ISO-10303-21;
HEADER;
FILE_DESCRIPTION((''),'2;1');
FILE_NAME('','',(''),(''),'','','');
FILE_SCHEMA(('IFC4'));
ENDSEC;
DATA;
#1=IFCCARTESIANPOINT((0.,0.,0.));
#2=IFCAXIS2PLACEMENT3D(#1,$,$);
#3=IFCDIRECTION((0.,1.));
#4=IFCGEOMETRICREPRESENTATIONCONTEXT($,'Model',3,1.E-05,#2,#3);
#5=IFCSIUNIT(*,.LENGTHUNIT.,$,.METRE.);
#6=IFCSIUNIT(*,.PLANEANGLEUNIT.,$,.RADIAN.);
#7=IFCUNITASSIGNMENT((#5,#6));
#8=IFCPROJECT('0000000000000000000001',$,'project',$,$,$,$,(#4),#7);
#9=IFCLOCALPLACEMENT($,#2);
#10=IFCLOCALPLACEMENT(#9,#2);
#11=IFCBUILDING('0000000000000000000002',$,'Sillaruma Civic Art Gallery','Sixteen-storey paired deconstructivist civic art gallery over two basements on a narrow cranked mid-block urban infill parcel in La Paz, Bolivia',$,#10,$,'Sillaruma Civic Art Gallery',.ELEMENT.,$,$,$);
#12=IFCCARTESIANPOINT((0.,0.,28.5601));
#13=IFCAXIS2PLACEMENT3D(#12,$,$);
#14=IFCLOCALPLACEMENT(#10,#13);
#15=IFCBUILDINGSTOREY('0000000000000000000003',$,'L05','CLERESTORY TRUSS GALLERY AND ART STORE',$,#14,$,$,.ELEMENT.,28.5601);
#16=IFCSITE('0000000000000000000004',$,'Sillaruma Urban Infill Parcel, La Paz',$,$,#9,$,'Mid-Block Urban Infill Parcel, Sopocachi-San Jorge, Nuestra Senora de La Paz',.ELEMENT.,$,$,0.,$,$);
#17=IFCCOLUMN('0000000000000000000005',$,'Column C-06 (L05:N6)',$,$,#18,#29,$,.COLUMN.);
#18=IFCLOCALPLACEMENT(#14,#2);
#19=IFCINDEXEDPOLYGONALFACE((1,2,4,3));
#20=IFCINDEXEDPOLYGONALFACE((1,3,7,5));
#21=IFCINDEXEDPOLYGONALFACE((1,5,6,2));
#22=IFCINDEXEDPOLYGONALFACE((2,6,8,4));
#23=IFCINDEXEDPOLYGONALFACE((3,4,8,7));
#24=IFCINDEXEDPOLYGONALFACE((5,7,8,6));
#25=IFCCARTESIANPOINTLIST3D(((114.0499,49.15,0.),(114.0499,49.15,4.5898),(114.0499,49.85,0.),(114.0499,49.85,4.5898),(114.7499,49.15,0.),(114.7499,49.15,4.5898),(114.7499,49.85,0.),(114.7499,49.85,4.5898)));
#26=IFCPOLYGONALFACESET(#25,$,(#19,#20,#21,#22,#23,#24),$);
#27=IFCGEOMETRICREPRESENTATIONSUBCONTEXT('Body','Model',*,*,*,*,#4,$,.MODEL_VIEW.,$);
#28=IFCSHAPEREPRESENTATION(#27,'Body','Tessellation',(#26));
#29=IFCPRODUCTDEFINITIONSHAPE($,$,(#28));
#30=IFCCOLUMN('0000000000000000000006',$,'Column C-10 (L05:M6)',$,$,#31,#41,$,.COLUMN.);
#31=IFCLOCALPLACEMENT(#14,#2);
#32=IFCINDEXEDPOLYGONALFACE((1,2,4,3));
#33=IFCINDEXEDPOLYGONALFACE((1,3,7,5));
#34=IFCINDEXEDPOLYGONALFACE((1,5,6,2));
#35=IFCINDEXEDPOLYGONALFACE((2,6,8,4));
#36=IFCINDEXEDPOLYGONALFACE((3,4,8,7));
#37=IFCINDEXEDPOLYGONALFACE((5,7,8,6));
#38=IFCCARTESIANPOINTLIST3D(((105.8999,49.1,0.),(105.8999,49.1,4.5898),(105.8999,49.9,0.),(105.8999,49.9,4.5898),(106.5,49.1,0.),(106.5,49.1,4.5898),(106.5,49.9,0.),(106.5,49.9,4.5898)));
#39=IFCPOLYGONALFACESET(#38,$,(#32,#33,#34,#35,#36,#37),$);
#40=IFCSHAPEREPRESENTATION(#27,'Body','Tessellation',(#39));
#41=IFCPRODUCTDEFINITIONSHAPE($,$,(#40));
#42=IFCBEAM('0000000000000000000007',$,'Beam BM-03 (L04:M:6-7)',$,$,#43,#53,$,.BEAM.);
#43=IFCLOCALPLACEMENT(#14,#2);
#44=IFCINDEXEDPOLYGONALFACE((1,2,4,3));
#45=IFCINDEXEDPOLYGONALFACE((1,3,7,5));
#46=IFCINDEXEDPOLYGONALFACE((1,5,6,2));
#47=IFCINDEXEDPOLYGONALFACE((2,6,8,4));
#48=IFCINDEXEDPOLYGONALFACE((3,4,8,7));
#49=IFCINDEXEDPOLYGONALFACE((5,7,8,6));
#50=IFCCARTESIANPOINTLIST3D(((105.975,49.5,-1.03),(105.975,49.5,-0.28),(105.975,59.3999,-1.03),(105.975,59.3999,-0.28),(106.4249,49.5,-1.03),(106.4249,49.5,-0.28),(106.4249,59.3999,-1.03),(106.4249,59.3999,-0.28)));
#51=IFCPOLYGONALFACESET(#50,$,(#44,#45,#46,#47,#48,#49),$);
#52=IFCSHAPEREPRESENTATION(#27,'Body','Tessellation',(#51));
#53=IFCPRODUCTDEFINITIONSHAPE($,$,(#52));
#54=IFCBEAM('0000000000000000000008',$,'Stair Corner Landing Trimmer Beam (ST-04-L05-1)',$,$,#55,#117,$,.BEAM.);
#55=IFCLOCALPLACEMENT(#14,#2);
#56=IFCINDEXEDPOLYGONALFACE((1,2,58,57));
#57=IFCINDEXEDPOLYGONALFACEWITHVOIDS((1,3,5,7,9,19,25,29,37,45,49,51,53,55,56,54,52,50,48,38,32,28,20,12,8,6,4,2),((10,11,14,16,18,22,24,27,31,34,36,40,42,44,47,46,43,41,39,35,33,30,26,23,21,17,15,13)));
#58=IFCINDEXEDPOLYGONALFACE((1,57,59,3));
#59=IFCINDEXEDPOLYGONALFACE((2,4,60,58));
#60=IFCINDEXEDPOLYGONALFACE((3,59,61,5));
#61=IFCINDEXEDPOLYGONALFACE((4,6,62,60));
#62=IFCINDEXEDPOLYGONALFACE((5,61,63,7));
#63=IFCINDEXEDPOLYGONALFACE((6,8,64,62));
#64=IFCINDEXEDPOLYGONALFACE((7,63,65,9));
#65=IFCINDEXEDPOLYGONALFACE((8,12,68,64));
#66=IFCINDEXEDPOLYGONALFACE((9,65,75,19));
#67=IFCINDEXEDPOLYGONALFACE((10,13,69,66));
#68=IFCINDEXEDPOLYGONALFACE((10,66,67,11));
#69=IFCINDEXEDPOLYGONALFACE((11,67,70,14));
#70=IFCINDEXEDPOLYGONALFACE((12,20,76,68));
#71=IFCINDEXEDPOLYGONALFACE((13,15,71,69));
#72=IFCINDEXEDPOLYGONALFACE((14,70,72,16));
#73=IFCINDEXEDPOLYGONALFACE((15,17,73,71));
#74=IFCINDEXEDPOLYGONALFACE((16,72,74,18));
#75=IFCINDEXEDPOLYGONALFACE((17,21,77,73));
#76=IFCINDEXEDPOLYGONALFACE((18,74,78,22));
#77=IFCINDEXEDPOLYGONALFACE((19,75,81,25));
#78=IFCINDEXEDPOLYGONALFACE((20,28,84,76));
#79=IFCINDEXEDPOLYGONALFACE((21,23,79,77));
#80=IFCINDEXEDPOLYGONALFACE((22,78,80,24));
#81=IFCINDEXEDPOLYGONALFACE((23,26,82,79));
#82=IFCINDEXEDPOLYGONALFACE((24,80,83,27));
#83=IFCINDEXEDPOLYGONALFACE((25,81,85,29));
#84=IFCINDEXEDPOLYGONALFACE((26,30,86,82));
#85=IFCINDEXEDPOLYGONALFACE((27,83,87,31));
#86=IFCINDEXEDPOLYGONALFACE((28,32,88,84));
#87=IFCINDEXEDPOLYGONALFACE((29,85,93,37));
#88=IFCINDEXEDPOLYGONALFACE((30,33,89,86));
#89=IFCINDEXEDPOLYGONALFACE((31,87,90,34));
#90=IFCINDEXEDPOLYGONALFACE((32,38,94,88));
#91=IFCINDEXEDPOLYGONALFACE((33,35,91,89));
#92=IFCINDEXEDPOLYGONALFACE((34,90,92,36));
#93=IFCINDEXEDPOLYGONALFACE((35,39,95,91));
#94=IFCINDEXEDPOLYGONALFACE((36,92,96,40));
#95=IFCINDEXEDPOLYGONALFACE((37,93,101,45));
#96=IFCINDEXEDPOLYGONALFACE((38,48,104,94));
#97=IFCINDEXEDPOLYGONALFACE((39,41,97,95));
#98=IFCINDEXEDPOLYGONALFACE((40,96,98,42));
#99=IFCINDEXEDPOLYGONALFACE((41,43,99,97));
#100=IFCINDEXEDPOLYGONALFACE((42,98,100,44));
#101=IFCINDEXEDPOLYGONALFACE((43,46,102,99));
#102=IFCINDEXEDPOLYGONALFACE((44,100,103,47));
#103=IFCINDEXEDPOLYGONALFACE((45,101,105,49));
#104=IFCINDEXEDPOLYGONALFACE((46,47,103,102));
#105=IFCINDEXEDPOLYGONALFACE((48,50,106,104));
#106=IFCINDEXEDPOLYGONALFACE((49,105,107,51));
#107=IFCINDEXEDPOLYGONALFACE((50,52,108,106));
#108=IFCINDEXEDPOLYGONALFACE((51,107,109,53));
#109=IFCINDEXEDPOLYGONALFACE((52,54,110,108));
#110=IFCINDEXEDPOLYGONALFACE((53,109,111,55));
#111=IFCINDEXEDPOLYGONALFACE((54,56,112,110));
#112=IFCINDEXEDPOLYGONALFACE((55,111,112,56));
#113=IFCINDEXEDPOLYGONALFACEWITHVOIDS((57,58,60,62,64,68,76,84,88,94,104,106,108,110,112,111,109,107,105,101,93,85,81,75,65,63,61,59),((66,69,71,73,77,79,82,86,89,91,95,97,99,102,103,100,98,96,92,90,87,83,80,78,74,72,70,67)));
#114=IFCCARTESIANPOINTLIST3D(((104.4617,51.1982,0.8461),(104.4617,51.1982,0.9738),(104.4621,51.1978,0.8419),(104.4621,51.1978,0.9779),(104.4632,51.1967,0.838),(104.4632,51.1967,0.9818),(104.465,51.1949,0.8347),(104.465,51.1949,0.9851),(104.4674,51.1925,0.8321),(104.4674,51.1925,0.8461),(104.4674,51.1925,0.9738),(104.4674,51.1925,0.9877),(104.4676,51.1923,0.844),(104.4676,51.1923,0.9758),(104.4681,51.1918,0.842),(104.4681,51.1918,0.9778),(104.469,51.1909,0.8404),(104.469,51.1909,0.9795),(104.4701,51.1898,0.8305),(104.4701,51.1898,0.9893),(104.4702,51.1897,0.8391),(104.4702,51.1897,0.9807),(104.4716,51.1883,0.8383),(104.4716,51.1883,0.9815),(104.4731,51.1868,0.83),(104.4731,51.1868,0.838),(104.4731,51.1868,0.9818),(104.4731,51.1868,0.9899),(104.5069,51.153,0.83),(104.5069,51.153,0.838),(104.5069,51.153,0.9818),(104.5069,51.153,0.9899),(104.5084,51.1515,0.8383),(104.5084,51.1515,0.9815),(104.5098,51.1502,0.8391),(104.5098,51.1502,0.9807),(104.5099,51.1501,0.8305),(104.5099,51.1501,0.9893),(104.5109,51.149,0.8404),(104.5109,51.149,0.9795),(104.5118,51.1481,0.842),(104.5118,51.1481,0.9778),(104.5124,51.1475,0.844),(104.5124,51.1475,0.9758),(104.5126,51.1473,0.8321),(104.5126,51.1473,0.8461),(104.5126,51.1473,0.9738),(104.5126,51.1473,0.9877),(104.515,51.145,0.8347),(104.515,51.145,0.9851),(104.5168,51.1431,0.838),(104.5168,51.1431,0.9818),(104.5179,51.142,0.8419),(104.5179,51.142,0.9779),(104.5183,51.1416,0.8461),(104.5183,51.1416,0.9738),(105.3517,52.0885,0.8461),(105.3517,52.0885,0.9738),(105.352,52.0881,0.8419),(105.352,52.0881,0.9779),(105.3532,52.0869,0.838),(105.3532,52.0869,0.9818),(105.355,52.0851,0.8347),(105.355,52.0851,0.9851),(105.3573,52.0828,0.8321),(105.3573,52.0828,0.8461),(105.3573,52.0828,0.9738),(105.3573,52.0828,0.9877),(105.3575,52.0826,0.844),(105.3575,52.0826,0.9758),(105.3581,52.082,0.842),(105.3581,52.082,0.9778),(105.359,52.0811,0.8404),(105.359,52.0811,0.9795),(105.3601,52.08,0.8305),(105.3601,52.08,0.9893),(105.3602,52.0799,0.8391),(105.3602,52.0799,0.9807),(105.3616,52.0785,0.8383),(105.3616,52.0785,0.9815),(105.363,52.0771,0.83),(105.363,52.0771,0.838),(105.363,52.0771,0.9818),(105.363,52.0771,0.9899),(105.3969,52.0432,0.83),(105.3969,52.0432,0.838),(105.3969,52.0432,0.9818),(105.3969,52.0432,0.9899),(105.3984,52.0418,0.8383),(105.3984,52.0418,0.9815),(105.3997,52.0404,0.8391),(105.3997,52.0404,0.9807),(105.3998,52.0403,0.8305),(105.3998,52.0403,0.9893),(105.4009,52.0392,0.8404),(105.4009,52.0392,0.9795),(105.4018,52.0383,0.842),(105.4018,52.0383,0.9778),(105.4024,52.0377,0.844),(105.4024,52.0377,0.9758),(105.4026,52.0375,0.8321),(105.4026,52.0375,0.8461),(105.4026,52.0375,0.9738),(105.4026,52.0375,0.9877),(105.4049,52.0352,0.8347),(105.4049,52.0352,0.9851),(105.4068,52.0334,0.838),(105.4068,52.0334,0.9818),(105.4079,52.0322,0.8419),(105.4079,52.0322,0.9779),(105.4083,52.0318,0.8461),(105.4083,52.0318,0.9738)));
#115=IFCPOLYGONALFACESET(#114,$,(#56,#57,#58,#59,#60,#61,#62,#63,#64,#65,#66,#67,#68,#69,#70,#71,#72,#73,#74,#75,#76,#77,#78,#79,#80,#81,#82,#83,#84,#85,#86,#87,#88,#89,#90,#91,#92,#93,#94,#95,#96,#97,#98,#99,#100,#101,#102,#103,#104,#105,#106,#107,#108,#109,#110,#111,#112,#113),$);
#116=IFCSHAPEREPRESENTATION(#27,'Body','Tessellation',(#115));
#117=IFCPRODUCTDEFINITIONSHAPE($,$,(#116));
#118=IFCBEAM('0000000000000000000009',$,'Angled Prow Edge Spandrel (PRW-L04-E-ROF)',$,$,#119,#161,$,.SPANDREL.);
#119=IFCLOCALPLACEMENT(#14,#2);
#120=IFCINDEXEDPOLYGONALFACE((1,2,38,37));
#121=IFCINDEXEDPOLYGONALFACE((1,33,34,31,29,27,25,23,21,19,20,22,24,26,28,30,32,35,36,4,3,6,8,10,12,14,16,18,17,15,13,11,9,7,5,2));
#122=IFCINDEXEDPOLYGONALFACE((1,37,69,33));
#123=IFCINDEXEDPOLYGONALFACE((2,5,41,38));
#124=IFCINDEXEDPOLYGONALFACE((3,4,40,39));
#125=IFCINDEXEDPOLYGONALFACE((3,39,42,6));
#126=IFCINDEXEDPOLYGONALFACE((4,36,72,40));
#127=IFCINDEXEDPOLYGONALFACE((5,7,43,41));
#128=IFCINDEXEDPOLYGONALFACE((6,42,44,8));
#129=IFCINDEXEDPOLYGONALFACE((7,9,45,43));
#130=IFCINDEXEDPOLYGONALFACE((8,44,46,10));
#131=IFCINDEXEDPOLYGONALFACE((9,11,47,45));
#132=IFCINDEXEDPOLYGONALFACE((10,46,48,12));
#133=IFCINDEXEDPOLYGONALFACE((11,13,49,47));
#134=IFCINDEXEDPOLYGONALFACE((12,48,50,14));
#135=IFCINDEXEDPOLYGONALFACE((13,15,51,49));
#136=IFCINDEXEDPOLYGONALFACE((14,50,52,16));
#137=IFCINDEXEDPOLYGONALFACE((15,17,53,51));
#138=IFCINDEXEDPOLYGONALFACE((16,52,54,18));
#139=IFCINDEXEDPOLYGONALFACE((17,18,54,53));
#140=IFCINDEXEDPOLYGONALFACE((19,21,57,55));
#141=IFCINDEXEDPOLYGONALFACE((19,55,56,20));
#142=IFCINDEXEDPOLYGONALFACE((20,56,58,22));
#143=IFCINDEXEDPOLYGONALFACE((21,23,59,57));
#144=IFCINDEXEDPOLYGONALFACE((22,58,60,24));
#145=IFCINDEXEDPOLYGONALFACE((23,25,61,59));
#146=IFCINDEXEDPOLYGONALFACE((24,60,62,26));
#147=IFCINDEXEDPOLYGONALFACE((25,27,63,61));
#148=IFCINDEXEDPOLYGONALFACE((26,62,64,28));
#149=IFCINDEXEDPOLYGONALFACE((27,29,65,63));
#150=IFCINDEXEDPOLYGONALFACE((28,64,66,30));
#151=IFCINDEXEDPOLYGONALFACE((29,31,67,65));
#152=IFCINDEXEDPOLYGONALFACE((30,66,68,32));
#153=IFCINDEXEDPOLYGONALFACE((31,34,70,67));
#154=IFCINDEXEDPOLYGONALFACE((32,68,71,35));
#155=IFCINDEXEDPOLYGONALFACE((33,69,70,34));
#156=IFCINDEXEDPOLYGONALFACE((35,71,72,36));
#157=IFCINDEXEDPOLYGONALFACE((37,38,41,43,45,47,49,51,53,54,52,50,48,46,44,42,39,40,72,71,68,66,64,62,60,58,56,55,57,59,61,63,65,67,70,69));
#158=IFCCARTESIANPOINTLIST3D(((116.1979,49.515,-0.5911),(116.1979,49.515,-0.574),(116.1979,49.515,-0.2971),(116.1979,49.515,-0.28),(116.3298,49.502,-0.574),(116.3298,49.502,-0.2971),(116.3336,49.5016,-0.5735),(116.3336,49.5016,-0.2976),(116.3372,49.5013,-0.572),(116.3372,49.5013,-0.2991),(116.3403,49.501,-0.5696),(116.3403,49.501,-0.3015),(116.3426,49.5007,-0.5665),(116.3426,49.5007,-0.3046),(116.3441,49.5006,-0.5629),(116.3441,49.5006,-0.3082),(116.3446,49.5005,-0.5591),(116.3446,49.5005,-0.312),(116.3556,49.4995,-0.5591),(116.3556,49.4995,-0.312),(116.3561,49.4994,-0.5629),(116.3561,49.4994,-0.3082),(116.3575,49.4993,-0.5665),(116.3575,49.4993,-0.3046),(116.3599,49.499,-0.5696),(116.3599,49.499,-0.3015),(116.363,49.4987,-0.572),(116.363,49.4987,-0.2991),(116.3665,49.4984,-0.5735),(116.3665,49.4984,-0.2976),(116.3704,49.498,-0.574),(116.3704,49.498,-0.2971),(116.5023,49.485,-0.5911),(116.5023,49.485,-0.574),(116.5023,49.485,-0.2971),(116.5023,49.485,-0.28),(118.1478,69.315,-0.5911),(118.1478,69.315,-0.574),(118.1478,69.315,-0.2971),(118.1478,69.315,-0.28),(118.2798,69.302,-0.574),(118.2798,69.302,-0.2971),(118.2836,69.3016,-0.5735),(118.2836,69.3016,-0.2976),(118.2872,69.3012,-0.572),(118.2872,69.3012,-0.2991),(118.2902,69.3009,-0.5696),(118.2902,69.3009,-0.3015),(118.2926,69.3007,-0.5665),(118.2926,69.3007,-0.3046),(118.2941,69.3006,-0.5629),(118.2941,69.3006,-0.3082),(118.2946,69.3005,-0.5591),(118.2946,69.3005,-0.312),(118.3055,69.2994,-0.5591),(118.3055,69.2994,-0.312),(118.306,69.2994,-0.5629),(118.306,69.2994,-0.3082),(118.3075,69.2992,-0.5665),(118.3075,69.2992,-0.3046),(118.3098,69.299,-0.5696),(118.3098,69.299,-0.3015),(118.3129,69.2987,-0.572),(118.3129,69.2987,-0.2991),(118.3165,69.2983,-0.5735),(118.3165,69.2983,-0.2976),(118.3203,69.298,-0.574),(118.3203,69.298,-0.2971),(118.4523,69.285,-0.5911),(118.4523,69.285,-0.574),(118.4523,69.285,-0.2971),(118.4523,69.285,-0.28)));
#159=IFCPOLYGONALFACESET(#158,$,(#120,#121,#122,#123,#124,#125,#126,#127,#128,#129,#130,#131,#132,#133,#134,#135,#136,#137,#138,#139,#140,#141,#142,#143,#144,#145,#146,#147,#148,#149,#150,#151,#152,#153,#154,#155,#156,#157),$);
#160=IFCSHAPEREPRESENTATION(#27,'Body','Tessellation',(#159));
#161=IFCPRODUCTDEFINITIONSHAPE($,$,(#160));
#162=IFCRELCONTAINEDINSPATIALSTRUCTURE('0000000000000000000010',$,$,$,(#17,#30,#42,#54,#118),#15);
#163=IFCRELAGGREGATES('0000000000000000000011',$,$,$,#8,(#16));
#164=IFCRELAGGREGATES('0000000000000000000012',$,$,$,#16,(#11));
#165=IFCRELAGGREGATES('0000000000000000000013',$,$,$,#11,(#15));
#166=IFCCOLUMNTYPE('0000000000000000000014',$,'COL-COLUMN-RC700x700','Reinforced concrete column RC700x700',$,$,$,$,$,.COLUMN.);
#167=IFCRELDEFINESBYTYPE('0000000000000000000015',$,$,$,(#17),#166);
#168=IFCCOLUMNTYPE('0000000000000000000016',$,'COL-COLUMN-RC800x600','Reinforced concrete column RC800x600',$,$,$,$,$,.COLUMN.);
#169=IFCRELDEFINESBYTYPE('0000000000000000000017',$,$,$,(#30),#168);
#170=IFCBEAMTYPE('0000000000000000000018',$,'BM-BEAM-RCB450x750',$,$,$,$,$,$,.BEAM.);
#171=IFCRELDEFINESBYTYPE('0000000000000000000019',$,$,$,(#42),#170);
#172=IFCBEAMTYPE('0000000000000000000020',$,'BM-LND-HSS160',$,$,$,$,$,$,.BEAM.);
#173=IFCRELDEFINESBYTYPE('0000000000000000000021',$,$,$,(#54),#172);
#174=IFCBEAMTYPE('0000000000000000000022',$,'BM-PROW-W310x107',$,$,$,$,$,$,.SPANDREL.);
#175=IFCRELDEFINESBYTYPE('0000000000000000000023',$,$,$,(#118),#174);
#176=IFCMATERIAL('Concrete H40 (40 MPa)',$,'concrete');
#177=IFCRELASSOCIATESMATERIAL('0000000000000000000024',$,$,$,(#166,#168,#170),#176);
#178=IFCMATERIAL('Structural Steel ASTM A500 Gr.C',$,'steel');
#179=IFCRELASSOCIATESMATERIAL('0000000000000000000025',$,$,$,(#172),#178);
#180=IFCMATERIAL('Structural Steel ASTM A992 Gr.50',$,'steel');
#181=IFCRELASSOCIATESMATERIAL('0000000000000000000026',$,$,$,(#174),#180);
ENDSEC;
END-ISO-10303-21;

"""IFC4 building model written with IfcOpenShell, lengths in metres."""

from ifc_helpers import new_model, si_unit, direction, frame, origin, origin_2d, place, context, subcontext, project, spatial, rectangle, hollow_rectangle, i_section, extrude, material, material_profile, profile_set, type_object, element, save


model = new_model("IFC4")

# Units and contexts
model_context = context("Model", 3, precision=1e-05, world=origin(), true_north=direction((0.0, 1.0)))
body_context = subcontext(model_context, "Body", "Model", "MODEL_VIEW")
ifc_project = project(units=[si_unit("LENGTHUNIT", "METRE"), si_unit("PLANEANGLEUNIT", "RADIAN")], contexts=[model_context])

# Site, building, storey
site_placement = place(None, origin())
site = spatial("IfcSite", under=ifc_project, at=site_placement, Name="Sillaruma Urban Infill Parcel, La Paz", LongName="Mid-Block Urban Infill Parcel, Sopocachi-San Jorge, Nuestra Senora de La Paz", CompositionType="ELEMENT", RefElevation=0.0)
building_placement = place(site_placement, origin())
building = spatial("IfcBuilding", under=site, at=building_placement, Name="Sillaruma Civic Art Gallery", Description="Sixteen-storey paired deconstructivist civic art gallery over two basements on a narrow cranked mid-block urban infill parcel in La Paz, Bolivia", LongName="Sillaruma Civic Art Gallery", CompositionType="ELEMENT")
storey_placement = place(building_placement, frame((0.0, 0.0, 28.5601)))
storey = spatial("IfcBuildingStorey", under=building, at=storey_placement, Name="L05", Description="CLERESTORY TRUSS GALLERY AND ART STORE", CompositionType="ELEMENT", Elevation=28.5601)

# Columns
ifc_material_1 = material(Name="Concrete H40 (40 MPa)", Category="concrete")
ifc_material_profile_1 = material_profile(ifc_material_1, rectangle(XDim=0.7, YDim=0.7, at=origin_2d()), Name="RC700x700")
ifc_profile_set_1 = profile_set([ifc_material_profile_1], Name="Concrete H40 (40 MPa)")
column_type_1 = type_object("IfcColumnType", Name="COL-COLUMN-RC700x700", Description="Reinforced concrete column RC700x700", PredefinedType="COLUMN", material=ifc_profile_set_1)
column_1_placement = place(storey_placement, frame((114.3999, 49.5, 0.0), z_axis=(0.0, 0.0, 1.0), x_axis=(1.0, 0.0, 0.0)))
element("IfcColumn", 1, at=column_1_placement, inside=storey, type_object=column_type_1, Name="Column C-06 (L05:N6)", PredefinedType="COLUMN", context=body_context, shape_type="SweptSolid", body=[
    extrude(rectangle(XDim=0.7, YDim=0.7, at=origin_2d()), origin(), (0.0, 0.0, 1.0), 4.5898),
])
ifc_material_profile_2 = material_profile(ifc_material_1, rectangle(XDim=0.6001, YDim=0.8, at=origin_2d()), Name="RC800x600")
ifc_profile_set_2 = profile_set([ifc_material_profile_2], Name="Concrete H40 (40 MPa)")
column_type_2 = type_object("IfcColumnType", Name="COL-COLUMN-RC800x600", Description="Reinforced concrete column RC800x600", PredefinedType="COLUMN", material=ifc_profile_set_2)
column_2_placement = place(storey_placement, frame((106.2, 49.5, 0.0), z_axis=(0.0, 0.0, 1.0), x_axis=(1.0, 0.0, 0.0)))
element("IfcColumn", 2, at=column_2_placement, inside=storey, type_object=column_type_2, Name="Column C-10 (L05:M6)", PredefinedType="COLUMN", context=body_context, shape_type="SweptSolid", body=[
    extrude(rectangle(XDim=0.6001, YDim=0.8, at=origin_2d()), origin(), (0.0, 0.0, 1.0), 4.5898),
])

# Beams
ifc_material_profile_3 = material_profile(ifc_material_1, rectangle(XDim=0.45, YDim=0.75, at=origin_2d()), Name="RCB450x750")
ifc_profile_set_3 = profile_set([ifc_material_profile_3], Name="Concrete H40 (40 MPa)")
beam_type_1 = type_object("IfcBeamType", Name="BM-BEAM-RCB450x750", PredefinedType="BEAM", material=ifc_profile_set_3)
beam_1_placement = place(storey_placement, frame((106.2, 49.5, -0.655), z_axis=(0.0, 1.0, 0.0), x_axis=(-1.0, 0.0, 0.0)))
element("IfcBeam", 3, at=beam_1_placement, inside=storey, type_object=beam_type_1, Name="Beam BM-03 (L04:M:6-7)", PredefinedType="BEAM", context=body_context, shape_type="SweptSolid", body=[
    extrude(rectangle(XDim=0.45, YDim=0.75, at=origin_2d()), origin(), (0.0, 0.0, 1.0), 9.8999),
])
ifc_material_2 = material(Name="Structural Steel ASTM A500 Gr.C", Category="steel")
ifc_material_profile_4 = material_profile(ifc_material_2, hollow_rectangle(XDim=0.0801, YDim=0.1599, WallThickness=0.0081, InnerFilletRadius=0.0081, OuterFilletRadius=0.0161, at=origin_2d()), Name="HSS160x80x8")
ifc_profile_set_4 = profile_set([ifc_material_profile_4], Name="Structural Steel ASTM A500 Gr.C")
beam_type_2 = type_object("IfcBeamType", Name="BM-LND-HSS160", PredefinedType="BEAM", material=ifc_profile_set_4)
beam_2_placement = place(storey_placement, frame((104.49, 51.1699, 0.9099), z_axis=(0.70701, 0.707204, 0.0), x_axis=(-0.707204, 0.70701, 0.0)))
element("IfcBeam", 4, at=beam_2_placement, inside=storey, type_object=beam_type_2, Name="Stair Corner Landing Trimmer Beam (ST-04-L05-1)", PredefinedType="BEAM", context=body_context, shape_type="SweptSolid", body=[
    extrude(hollow_rectangle(XDim=0.0801, YDim=0.1599, WallThickness=0.0081, InnerFilletRadius=0.0081, OuterFilletRadius=0.0161, at=origin_2d()), origin(), (0.0, 0.0, 1.0), 1.2588),
])
ifc_material_3 = material(Name="Structural Steel ASTM A992 Gr.50", Category="steel")
ifc_material_profile_5 = material_profile(ifc_material_3, i_section(OverallWidth=0.3059, OverallDepth=0.311, WebThickness=0.011, FlangeThickness=0.0171, FilletRadius=0.0149, at=origin_2d()), Name="W310x107")
ifc_profile_set_5 = profile_set([ifc_material_profile_5], Name="Structural Steel ASTM A992 Gr.50")
beam_type_3 = type_object("IfcBeamType", Name="BM-PROW-W310x107", PredefinedType="SPANDREL", material=ifc_profile_set_5)
beam_3_placement = place(storey_placement, frame((116.3501, 49.5, -0.4355), z_axis=(0.098008, 0.995186, 0.0), x_axis=(-0.995186, 0.098008, 0.0)))
element("IfcBeam", 5, at=beam_3_placement, inside=storey, type_object=beam_type_3, Name="Angled Prow Edge Spandrel (PRW-L04-E-ROF)", PredefinedType="SPANDREL", context=body_context, shape_type="SweptSolid", body=[
    extrude(i_section(OverallWidth=0.3059, OverallDepth=0.311, WebThickness=0.011, FlangeThickness=0.0171, FilletRadius=0.0149, at=origin_2d()), origin(), (0.0, 0.0, 1.0), 19.8958),
])

save(model, "model.ifc")
